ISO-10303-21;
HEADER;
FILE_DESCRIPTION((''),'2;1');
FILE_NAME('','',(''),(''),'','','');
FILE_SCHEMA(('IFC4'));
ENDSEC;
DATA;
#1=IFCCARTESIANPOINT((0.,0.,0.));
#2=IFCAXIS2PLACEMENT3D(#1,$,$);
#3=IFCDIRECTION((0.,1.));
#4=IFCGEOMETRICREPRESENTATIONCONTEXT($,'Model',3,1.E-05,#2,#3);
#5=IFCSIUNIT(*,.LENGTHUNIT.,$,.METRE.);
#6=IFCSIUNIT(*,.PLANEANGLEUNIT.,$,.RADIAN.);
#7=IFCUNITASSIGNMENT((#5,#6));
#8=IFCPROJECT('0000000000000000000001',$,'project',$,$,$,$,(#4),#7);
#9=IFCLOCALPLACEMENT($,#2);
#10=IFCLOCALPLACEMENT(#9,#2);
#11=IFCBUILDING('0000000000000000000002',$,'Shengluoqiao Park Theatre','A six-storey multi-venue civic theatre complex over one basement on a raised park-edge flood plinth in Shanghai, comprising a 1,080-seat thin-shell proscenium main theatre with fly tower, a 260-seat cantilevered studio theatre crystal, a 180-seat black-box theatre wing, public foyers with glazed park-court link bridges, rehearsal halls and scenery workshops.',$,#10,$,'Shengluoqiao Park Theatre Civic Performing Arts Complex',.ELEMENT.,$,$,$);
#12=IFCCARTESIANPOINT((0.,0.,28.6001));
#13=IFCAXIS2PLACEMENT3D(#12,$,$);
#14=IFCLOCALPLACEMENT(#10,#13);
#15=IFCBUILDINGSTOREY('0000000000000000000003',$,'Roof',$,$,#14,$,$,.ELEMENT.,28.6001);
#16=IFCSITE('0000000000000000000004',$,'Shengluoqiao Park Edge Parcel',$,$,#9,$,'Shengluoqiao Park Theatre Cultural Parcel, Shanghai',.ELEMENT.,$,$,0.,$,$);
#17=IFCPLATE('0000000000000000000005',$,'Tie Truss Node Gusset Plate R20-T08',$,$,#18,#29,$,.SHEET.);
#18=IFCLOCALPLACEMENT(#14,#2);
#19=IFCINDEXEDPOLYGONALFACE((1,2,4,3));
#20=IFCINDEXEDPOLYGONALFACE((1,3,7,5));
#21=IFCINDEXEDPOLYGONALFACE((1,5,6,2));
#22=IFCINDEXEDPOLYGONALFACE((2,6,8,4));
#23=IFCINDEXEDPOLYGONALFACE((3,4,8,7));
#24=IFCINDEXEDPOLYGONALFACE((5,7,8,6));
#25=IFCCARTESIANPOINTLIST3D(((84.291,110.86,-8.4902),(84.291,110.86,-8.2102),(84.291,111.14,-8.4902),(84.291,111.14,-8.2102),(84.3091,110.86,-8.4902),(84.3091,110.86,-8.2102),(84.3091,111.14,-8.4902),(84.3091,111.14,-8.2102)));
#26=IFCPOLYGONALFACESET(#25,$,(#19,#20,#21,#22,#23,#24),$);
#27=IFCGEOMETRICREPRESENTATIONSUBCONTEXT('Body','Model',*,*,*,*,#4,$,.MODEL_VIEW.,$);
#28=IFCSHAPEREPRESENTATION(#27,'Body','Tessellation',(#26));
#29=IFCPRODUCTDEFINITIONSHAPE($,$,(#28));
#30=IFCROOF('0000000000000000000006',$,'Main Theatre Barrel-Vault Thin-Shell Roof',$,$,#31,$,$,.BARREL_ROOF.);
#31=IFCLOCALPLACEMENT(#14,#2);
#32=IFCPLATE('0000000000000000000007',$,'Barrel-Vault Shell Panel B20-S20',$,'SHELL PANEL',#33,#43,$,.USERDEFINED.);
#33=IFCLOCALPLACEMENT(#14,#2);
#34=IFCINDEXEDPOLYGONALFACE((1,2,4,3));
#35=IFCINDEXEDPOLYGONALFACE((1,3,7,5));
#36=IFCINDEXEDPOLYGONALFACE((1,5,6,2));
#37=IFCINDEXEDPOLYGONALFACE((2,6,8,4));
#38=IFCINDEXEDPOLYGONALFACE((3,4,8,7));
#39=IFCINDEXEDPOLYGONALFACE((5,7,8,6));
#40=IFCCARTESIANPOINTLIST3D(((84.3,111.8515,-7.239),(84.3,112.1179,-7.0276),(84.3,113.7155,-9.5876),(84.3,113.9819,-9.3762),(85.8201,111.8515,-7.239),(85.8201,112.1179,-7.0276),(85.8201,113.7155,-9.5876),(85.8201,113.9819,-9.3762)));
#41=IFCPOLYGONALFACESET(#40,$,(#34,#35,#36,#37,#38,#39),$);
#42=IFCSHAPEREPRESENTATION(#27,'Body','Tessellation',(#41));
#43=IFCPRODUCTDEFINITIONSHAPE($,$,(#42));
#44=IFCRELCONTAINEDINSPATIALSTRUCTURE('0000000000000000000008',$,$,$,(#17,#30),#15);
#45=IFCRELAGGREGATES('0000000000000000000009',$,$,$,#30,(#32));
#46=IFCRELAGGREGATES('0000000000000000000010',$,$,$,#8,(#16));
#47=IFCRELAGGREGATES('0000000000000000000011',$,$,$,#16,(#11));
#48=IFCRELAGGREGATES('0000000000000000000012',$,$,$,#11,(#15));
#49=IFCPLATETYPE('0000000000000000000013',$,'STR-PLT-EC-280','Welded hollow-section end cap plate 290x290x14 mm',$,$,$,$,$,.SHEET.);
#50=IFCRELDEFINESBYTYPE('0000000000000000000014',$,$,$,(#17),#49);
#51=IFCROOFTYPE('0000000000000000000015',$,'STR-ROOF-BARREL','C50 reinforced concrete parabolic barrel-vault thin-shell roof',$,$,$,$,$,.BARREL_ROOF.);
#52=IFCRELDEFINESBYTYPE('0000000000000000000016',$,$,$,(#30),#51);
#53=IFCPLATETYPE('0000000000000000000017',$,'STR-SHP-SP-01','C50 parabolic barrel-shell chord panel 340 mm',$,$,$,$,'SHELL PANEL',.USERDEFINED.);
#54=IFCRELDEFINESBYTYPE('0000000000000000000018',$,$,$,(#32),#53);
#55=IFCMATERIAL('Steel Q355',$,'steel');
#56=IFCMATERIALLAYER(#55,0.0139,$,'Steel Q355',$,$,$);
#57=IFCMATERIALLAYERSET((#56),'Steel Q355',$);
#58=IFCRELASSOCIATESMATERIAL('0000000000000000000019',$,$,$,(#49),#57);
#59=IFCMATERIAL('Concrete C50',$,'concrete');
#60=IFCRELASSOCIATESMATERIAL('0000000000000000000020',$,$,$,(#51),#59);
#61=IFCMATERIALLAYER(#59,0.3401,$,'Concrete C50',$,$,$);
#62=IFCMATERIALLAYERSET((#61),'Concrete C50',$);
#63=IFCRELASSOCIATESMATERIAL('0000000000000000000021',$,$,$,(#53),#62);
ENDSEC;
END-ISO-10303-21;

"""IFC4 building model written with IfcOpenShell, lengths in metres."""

from ifc_helpers import new_model, si_unit, direction, frame, origin, origin_2d, place, context, subcontext, project, spatial, polyline, rectangle, outline, extrude, material, layer, layer_set, type_object, element, aggregate, save


model = new_model("IFC4")

# Units and contexts
model_context = context("Model", 3, precision=1e-05, world=origin(), true_north=direction((0.0, 1.0)))
body_context = subcontext(model_context, "Body", "Model", "MODEL_VIEW")
ifc_project = project(units=[si_unit("LENGTHUNIT", "METRE"), si_unit("PLANEANGLEUNIT", "RADIAN")], contexts=[model_context])

# Site, building, storey
site_placement = place(None, origin())
site = spatial("IfcSite", under=ifc_project, at=site_placement, Name="Shengluoqiao Park Edge Parcel", LongName="Shengluoqiao Park Theatre Cultural Parcel, Shanghai", CompositionType="ELEMENT", RefElevation=0.0)
building_placement = place(site_placement, origin())
building = spatial("IfcBuilding", under=site, at=building_placement, Name="Shengluoqiao Park Theatre", Description="A six-storey multi-venue civic theatre complex over one basement on a raised park-edge flood plinth in Shanghai, comprising a 1,080-seat thin-shell proscenium main theatre with fly tower, a 260-seat cantilevered studio theatre crystal, a 180-seat black-box theatre wing, public foyers with glazed park-court link bridges, rehearsal halls and scenery workshops.", LongName="Shengluoqiao Park Theatre Civic Performing Arts Complex", CompositionType="ELEMENT")
storey_placement = place(building_placement, frame((0.0, 0.0, 28.6001)))
storey = spatial("IfcBuildingStorey", under=building, at=storey_placement, Name="Roof", CompositionType="ELEMENT", Elevation=28.6001)

# Shared definitions
ifc_material_1 = material(Name="Concrete C50", Category="concrete")
ifc_material_2 = material(Name="Steel Q355", Category="steel")

# Plate
ifc_layer_1 = layer(ifc_material_2, 0.0139, Name="Steel Q355")
ifc_layer_set_1 = layer_set([ifc_layer_1], Name="Steel Q355")
plate_type_1 = type_object("IfcPlateType", Name="STR-PLT-EC-280", Description="Welded hollow-section end cap plate 290x290x14 mm", PredefinedType="SHEET", material=ifc_layer_set_1)
for number, where, z_axis, x_axis, name in (
    (1, (84.3, 111.0, -8.4902), (0.0, 0.0, 1.0), (1.0, 0.0, 0.0), "Tie Truss Node Gusset Plate R20-T08"),
):
    element("IfcPlate", number, at=place(storey_placement, frame(where, z_axis=z_axis, x_axis=x_axis)), inside=storey, type_object=plate_type_1, Name=name, PredefinedType="SHEET", context=body_context, shape_type="SweptSolid", body=[
        extrude(rectangle(XDim=0.0181, YDim=0.28, at=origin_2d()), origin(), (0.0, 0.0, 1.0), 0.28),
    ])

# Roof, plate
roof_type = type_object("IfcRoofType", Name="STR-ROOF-BARREL", Description="C50 reinforced concrete parabolic barrel-vault thin-shell roof", PredefinedType="BARREL_ROOF", material=ifc_material_1)
roof_placement = place(storey_placement, origin())
roof = element("IfcRoof", 2, at=roof_placement, inside=storey, type_object=roof_type, Name="Main Theatre Barrel-Vault Thin-Shell Roof", PredefinedType="BARREL_ROOF")
ifc_layer_2 = layer(ifc_material_1, 0.3401, Name="Concrete C50")
ifc_layer_set_2 = layer_set([ifc_layer_2], Name="Concrete C50")
plate_type_2 = type_object("IfcPlateType", Name="STR-SHP-SP-01", Description="C50 parabolic barrel-shell chord panel 340 mm", ElementType="SHELL PANEL", PredefinedType="USERDEFINED", material=ifc_layer_set_2)
plate_placement = place(storey_placement, frame((84.3, 112.1179, -7.0276), z_axis=(0.0, 0.783286, 0.621662), x_axis=(1.0, 0.0, 0.0)))
plate = element("IfcPlate", 3, at=plate_placement, type_object=plate_type_2, Name="Barrel-Vault Shell Panel B20-S20", ObjectType="SHELL PANEL", PredefinedType="USERDEFINED", context=body_context, shape_type="SweptSolid", body=[
    extrude(outline(polyline([(0.0, 0.0), (1.52, 0.0), (1.52, 2.9984), (0.0, 2.9984), (0.0, 0.0)])), origin(), (0.0, 0.0, -1.0), 0.3401),
])
aggregate(roof, [plate])

save(model, "model.ifc")
